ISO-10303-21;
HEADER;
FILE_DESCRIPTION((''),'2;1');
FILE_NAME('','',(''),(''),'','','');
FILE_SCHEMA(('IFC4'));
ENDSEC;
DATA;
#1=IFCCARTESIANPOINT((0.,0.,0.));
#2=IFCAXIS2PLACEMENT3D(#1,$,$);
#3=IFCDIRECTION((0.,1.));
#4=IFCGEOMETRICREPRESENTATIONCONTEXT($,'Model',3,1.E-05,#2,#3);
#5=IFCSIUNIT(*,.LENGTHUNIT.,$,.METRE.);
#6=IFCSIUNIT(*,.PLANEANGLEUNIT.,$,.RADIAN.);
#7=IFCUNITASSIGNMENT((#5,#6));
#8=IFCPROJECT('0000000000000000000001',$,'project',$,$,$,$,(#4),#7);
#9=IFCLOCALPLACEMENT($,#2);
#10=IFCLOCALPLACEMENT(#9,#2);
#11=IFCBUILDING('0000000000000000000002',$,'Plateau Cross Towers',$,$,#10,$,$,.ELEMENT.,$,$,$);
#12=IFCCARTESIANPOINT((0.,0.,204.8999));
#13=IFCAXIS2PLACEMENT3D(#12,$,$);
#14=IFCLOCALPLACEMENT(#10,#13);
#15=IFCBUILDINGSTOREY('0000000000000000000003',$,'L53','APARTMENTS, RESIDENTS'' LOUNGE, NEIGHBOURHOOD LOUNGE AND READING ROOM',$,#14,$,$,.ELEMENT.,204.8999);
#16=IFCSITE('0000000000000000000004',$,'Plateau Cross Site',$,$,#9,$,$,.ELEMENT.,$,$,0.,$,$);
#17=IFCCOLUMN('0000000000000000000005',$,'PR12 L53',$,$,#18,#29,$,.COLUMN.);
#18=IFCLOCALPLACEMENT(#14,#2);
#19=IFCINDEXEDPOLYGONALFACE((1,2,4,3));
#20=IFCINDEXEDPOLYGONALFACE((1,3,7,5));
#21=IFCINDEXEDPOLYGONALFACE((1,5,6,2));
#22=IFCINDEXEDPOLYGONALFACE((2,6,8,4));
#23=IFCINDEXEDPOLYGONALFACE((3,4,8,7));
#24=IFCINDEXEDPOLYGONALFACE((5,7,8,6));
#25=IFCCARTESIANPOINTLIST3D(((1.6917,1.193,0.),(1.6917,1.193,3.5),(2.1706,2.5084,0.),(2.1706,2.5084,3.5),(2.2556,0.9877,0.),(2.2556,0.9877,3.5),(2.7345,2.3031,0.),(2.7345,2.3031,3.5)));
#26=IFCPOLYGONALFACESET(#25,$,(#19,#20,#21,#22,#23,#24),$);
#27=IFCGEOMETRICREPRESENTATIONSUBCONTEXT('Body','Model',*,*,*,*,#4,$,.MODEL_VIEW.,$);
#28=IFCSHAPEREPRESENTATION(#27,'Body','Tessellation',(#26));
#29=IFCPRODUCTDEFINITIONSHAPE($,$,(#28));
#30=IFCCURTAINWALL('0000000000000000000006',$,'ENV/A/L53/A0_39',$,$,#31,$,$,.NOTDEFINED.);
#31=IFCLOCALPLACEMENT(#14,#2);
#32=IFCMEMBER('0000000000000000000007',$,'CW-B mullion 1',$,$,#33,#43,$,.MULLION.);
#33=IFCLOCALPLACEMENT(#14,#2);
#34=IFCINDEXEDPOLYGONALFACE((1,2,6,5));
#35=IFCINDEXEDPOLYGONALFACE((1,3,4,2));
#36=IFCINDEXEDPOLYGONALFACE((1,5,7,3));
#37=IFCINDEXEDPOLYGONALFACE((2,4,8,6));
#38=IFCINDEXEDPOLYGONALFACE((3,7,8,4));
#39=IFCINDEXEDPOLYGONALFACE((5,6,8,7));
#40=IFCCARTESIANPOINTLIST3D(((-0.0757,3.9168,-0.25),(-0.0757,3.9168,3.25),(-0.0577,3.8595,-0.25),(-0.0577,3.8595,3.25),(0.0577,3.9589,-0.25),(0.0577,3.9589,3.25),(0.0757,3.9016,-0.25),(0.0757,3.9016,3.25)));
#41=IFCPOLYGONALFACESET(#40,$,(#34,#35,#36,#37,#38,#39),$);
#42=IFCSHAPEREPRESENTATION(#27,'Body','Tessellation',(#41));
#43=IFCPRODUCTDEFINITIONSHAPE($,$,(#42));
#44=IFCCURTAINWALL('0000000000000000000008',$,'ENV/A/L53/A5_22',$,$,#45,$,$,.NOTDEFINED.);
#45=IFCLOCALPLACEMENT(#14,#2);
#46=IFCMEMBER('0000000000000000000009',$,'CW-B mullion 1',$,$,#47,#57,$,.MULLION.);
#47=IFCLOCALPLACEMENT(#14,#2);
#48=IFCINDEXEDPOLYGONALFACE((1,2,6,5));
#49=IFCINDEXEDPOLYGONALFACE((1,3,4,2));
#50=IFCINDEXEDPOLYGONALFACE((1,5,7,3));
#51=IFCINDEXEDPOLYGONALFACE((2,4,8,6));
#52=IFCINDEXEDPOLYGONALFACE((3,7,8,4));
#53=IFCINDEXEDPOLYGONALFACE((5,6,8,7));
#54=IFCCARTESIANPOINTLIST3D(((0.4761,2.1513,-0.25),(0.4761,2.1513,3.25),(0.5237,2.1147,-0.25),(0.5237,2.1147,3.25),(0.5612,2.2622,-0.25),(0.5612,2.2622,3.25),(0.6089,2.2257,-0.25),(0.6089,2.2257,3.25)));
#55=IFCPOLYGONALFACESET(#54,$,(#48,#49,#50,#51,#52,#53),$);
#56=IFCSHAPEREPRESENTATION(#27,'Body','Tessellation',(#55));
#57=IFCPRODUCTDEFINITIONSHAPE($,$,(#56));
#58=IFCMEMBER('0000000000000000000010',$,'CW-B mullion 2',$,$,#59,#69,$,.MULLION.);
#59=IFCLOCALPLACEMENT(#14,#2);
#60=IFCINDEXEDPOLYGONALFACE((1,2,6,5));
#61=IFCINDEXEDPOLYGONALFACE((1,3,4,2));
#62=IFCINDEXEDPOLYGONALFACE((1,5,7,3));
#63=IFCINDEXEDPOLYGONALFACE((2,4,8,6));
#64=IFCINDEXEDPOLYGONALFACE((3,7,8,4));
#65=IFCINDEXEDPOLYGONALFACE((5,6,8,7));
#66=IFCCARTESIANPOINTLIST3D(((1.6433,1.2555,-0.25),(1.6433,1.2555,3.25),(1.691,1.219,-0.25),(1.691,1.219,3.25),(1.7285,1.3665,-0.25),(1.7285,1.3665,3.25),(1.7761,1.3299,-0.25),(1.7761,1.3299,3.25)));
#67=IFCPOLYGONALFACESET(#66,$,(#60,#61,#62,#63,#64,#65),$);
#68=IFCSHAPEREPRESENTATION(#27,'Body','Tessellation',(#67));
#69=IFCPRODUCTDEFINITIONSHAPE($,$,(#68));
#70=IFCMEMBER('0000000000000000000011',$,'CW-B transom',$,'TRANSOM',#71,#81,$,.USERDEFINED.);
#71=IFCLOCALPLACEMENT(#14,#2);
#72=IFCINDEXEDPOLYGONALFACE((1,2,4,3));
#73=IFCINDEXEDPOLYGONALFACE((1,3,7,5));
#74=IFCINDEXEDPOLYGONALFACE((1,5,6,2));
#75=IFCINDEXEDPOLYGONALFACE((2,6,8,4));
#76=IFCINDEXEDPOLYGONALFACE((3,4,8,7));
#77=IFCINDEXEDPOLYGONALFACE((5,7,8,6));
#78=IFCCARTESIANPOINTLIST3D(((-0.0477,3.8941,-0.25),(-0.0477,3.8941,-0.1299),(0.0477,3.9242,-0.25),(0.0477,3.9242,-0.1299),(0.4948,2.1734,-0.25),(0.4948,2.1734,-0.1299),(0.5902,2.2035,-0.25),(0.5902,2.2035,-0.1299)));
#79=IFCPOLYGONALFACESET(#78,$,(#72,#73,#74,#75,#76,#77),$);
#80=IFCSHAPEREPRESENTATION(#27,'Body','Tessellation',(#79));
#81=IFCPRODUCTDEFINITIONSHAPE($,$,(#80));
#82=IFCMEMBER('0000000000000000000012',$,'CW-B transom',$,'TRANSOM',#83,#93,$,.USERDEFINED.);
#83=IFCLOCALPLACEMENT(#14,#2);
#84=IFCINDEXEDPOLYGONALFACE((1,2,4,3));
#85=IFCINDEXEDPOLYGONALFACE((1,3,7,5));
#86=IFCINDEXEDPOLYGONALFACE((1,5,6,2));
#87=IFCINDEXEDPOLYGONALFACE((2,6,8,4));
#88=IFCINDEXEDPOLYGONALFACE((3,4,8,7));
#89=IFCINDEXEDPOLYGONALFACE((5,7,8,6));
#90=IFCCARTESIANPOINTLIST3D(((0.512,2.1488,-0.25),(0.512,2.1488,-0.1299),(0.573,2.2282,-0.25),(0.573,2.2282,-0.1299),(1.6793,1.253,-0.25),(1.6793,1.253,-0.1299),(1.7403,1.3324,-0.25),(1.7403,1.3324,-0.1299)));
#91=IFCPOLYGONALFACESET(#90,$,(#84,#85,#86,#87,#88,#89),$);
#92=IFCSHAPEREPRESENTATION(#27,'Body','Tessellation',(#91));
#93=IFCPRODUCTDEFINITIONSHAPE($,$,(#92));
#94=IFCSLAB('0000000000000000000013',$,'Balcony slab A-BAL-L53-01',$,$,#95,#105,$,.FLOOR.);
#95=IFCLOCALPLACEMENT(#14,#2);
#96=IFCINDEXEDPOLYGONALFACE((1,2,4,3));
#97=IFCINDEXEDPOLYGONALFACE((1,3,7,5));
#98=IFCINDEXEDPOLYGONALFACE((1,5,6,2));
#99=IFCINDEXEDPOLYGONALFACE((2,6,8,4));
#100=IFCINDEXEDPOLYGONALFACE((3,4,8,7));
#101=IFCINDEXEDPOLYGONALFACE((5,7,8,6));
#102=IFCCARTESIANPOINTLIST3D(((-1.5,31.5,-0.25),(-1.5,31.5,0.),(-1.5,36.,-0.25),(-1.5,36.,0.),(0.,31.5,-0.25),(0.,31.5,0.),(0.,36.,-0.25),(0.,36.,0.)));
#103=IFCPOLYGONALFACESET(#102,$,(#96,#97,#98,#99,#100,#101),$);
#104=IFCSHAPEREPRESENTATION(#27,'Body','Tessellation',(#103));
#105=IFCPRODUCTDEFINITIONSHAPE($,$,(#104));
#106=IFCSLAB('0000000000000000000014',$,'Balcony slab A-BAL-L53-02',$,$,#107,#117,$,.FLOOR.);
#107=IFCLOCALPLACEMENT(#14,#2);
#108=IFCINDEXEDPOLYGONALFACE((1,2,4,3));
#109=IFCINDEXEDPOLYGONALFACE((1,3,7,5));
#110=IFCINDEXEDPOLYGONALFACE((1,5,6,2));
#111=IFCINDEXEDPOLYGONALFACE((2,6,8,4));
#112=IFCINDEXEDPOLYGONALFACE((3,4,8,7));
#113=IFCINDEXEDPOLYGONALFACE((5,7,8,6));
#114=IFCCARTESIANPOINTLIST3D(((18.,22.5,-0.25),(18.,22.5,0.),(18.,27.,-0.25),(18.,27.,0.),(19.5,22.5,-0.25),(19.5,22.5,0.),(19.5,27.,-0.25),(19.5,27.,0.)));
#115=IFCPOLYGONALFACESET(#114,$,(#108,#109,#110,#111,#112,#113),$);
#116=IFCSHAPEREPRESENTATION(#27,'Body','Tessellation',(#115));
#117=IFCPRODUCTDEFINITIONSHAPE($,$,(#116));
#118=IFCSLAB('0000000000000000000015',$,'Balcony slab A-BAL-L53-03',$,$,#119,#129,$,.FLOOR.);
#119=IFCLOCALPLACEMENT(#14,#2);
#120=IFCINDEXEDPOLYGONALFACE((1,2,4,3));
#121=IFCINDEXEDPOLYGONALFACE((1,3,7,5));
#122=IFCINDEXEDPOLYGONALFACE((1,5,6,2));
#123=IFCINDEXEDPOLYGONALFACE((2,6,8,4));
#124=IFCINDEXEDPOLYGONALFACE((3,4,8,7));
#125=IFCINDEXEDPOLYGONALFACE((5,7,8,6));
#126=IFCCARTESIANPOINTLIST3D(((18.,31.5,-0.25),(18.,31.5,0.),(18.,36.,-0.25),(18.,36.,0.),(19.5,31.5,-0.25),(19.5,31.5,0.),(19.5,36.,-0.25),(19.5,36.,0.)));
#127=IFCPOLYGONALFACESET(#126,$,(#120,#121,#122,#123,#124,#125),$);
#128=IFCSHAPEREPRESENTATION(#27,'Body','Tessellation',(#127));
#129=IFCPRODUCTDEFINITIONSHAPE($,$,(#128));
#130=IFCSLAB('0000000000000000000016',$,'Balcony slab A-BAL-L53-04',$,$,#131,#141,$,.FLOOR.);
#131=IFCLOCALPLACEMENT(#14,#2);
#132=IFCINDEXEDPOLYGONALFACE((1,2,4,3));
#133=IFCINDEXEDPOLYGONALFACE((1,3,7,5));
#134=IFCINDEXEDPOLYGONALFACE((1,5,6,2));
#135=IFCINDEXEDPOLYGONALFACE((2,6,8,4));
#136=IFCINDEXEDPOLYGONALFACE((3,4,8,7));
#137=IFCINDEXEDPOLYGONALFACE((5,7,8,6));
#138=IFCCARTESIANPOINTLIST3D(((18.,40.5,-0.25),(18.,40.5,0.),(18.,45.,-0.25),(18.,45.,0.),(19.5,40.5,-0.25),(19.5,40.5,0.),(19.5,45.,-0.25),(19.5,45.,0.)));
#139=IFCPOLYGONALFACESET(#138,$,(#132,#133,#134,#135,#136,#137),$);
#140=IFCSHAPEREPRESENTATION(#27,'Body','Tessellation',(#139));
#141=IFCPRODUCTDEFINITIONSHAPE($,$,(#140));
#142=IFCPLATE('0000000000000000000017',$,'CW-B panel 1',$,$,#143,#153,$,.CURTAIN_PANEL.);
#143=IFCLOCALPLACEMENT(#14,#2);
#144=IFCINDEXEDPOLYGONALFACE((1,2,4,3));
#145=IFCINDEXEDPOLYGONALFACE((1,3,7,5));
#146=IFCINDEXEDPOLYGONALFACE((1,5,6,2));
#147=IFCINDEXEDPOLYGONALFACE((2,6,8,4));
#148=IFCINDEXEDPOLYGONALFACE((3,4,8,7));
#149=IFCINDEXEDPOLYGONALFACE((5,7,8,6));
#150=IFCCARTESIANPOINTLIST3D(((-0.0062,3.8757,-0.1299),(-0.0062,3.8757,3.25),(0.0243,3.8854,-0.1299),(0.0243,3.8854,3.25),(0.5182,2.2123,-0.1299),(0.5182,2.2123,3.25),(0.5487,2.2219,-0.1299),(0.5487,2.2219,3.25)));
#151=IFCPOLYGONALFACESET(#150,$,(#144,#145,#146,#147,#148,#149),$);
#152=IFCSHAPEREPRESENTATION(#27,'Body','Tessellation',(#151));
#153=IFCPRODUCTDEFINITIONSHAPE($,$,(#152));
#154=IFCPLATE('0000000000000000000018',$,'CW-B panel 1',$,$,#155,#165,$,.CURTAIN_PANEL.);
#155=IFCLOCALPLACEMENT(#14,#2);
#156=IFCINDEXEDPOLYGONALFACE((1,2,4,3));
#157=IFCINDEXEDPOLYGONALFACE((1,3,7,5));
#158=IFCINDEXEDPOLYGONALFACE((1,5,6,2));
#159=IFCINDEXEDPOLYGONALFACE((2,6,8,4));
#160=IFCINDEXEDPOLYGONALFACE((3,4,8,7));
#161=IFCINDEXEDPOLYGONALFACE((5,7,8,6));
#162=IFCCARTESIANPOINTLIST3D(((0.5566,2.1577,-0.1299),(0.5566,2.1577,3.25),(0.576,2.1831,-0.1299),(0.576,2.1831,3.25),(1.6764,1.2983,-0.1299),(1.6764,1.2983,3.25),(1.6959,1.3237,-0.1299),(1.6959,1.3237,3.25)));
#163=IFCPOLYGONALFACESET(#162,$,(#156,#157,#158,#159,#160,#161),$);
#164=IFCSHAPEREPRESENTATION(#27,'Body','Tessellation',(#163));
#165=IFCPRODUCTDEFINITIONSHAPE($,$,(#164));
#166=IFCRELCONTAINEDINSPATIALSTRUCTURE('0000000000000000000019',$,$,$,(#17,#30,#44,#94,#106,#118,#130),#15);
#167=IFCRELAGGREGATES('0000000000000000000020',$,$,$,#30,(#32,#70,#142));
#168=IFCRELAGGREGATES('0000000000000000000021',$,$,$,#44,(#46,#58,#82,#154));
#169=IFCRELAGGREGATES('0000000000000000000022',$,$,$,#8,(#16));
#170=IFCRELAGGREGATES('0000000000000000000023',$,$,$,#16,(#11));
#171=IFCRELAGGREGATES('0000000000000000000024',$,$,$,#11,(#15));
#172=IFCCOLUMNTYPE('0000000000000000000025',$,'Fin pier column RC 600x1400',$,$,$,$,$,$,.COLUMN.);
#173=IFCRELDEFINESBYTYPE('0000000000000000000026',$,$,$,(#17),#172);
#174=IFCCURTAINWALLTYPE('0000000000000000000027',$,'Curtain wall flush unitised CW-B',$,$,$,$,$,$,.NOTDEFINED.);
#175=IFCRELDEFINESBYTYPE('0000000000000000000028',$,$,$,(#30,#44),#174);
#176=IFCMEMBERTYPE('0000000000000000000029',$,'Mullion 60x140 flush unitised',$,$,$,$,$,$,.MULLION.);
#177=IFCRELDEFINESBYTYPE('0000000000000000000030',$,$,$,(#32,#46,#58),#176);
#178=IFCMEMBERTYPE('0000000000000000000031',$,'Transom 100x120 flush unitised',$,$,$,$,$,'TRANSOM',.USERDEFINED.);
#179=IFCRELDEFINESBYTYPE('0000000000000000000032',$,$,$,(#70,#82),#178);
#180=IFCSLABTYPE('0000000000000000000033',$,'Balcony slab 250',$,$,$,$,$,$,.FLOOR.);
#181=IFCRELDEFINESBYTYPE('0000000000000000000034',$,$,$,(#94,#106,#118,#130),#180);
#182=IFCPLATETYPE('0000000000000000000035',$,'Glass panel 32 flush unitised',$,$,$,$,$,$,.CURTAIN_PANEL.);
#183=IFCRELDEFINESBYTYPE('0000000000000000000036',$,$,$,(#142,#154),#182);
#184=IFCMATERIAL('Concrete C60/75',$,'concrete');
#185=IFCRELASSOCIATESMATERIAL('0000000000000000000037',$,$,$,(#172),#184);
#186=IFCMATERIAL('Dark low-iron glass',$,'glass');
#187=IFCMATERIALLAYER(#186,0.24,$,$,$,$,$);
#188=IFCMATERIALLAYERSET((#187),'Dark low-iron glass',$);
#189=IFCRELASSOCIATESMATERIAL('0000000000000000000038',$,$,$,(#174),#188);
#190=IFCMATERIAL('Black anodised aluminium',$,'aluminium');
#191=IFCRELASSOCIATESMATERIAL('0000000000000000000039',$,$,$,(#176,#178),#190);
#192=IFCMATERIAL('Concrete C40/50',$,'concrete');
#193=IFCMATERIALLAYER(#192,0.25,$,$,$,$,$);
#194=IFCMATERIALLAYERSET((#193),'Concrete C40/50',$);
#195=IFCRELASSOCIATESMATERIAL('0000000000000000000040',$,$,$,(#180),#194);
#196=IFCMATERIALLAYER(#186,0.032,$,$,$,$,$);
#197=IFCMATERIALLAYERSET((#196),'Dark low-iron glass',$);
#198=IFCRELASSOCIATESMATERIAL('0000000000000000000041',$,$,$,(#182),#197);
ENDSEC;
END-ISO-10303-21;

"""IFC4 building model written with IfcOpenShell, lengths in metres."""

from ifc_helpers import new_model, si_unit, direction, frame, origin, origin_2d, place, context, subcontext, project, spatial, polyline, rectangle, outline, extrude, material, layer, layer_set, material_profile, profile_set, type_object, element, aggregate, save


model = new_model("IFC4")

# Units and contexts
model_context = context("Model", 3, precision=1e-05, world=origin(), true_north=direction((0.0, 1.0)))
body_context = subcontext(model_context, "Body", "Model", "MODEL_VIEW")
ifc_project = project(units=[si_unit("LENGTHUNIT", "METRE"), si_unit("PLANEANGLEUNIT", "RADIAN")], contexts=[model_context])

# Site, building, storey
site_placement = place(None, origin())
site = spatial("IfcSite", under=ifc_project, at=site_placement, Name="Plateau Cross Site", CompositionType="ELEMENT", RefElevation=0.0)
building_placement = place(site_placement, origin())
building = spatial("IfcBuilding", under=site, at=building_placement, Name="Plateau Cross Towers", CompositionType="ELEMENT")
storey_placement = place(building_placement, frame((0.0, 0.0, 204.8999)))
storey = spatial("IfcBuildingStorey", under=building, at=storey_placement, Name="L53", Description="APARTMENTS, RESIDENTS' LOUNGE, NEIGHBOURHOOD LOUNGE AND READING ROOM", CompositionType="ELEMENT", Elevation=204.8999)

# Column
ifc_material_1 = material(Name="Concrete C60/75", Category="concrete")
ifc_material_profile_1 = material_profile(ifc_material_1, rectangle(XDim=0.6001, YDim=1.3999, at=origin_2d()), Name="RC 600x1400")
ifc_profile_set_1 = profile_set([ifc_material_profile_1], Name="Concrete C60/75")
column_type = type_object("IfcColumnType", Name="Fin pier column RC 600x1400", PredefinedType="COLUMN", material=ifc_profile_set_1)
column_placement = place(storey_placement, frame((2.2131, 1.748, 0.0), z_axis=(0.0, 0.0, 1.0), x_axis=(-0.939664, 0.342098, 0.0)))
element("IfcColumn", 1, at=column_placement, inside=storey, type_object=column_type, Name="PR12 L53", PredefinedType="COLUMN", context=body_context, shape_type="SweptSolid", body=[
    extrude(rectangle(XDim=0.6001, YDim=1.3999, at=origin_2d()), origin(), (0.0, 0.0, 1.0), 3.5),
])

# Curtain wall, member
ifc_material_2 = material(Name="Dark low-iron glass", Category="glass")
ifc_layer_1 = layer(ifc_material_2, 0.24)
ifc_layer_set_1 = layer_set([ifc_layer_1], Name="Dark low-iron glass")
curtain_wall_type = type_object("IfcCurtainWallType", Name="Curtain wall flush unitised CW-B", PredefinedType="NOTDEFINED", material=ifc_layer_set_1)
curtain_wall_1_placement = place(storey_placement, origin())
curtain_wall_1 = element("IfcCurtainWall", 2, at=curtain_wall_1_placement, inside=storey, type_object=curtain_wall_type, Name="ENV/A/L53/A0_39", PredefinedType="NOTDEFINED")
ifc_material_3 = material(Name="Black anodised aluminium", Category="aluminium")
ifc_material_profile_2 = material_profile(ifc_material_3, rectangle(XDim=0.0601, YDim=0.1399, at=origin_2d()), Name="MULLION 60x140")
ifc_profile_set_2 = profile_set([ifc_material_profile_2], Name="Black anodised aluminium")
member_type_1 = type_object("IfcMemberType", Name="Mullion 60x140 flush unitised", PredefinedType="MULLION", material=ifc_profile_set_2)
member_1_placement = place(storey_placement, frame((0.0, 3.9092, -0.25), z_axis=(0.0, 0.0, 1.0), x_axis=(0.300686, -0.953723, 0.0)))
member_1 = element("IfcMember", 3, at=member_1_placement, type_object=member_type_1, Name="CW-B mullion 1", PredefinedType="MULLION", context=body_context, shape_type="SweptSolid", body=[
    extrude(rectangle(XDim=0.0601, YDim=0.1399, at=origin_2d()), origin(), (0.0, 0.0, 1.0), 3.5),
])

# Curtain wall, members
curtain_wall_2_placement = place(storey_placement, origin())
curtain_wall_2 = element("IfcCurtainWall", 4, at=curtain_wall_2_placement, inside=storey, type_object=curtain_wall_type, Name="ENV/A/L53/A5_22", PredefinedType="NOTDEFINED")
member_2_placement = place(storey_placement, frame((0.5425, 2.1885, -0.25), z_axis=(0.0, 0.0, 1.0), x_axis=(0.793316, -0.608811, 0.0)))
member_2 = element("IfcMember", 5, at=member_2_placement, type_object=member_type_1, Name="CW-B mullion 1", PredefinedType="MULLION", context=body_context, shape_type="SweptSolid", body=[
    extrude(rectangle(XDim=0.0601, YDim=0.1399, at=origin_2d()), origin(), (0.0, 0.0, 1.0), 3.5),
])
member_3_placement = place(storey_placement, frame((1.7097, 1.2927, -0.25), z_axis=(0.0, 0.0, 1.0), x_axis=(0.793316, -0.608811, 0.0)))
member_3 = element("IfcMember", 6, at=member_3_placement, type_object=member_type_1, Name="CW-B mullion 2", PredefinedType="MULLION", context=body_context, shape_type="SweptSolid", body=[
    extrude(rectangle(XDim=0.0601, YDim=0.1399, at=origin_2d()), origin(), (0.0, 0.0, 1.0), 3.5),
])

# Members
ifc_material_profile_3 = material_profile(ifc_material_3, rectangle(XDim=0.1001, YDim=0.1201, at=origin_2d()), Name="TRANSOM 100x120")
ifc_profile_set_3 = profile_set([ifc_material_profile_3], Name="Black anodised aluminium")
member_type_2 = type_object("IfcMemberType", Name="Transom 100x120 flush unitised", ElementType="TRANSOM", PredefinedType="USERDEFINED", material=ifc_profile_set_3)
member_4_placement = place(storey_placement, frame((0.0, 3.9092, -0.1899), z_axis=(0.300678, -0.953726, 0.0), x_axis=(0.953726, 0.300678, 0.0)))
member_4 = element("IfcMember", 7, at=member_4_placement, type_object=member_type_2, Name="CW-B transom", ObjectType="TRANSOM", PredefinedType="USERDEFINED", context=body_context, shape_type="SweptSolid", body=[
    extrude(rectangle(XDim=0.1001, YDim=0.1201, at=origin_2d()), origin(), (0.0, 0.0, 1.0), 1.8042),
])
member_5_placement = place(storey_placement, frame((0.5425, 2.1885, -0.1899), z_axis=(0.793321, -0.608804, 0.0), x_axis=(0.608804, 0.793321, 0.0)))
member_5 = element("IfcMember", 8, at=member_5_placement, type_object=member_type_2, Name="CW-B transom", ObjectType="TRANSOM", PredefinedType="USERDEFINED", context=body_context, shape_type="SweptSolid", body=[
    extrude(rectangle(XDim=0.1001, YDim=0.1201, at=origin_2d()), origin(), (0.0, 0.0, 1.0), 1.4714),
])

# Slabs
ifc_material_4 = material(Name="Concrete C40/50", Category="concrete")
ifc_layer_2 = layer(ifc_material_4, 0.25)
ifc_layer_set_2 = layer_set([ifc_layer_2], Name="Concrete C40/50")
slab_type_1 = type_object("IfcSlabType", Name="Balcony slab 250", PredefinedType="FLOOR", material=ifc_layer_set_2)
slab_1_placement = place(storey_placement, frame((0.0, 0.0, -0.25)))
element("IfcSlab", 9, at=slab_1_placement, inside=storey, type_object=slab_type_1, Name="Balcony slab A-BAL-L53-01", PredefinedType="FLOOR", context=body_context, shape_type="SweptSolid", body=[
    extrude(outline(polyline([(0.0, 31.5), (0.0, 36.0), (-1.5, 36.0), (-1.5, 31.5), (0.0, 31.5)])), origin(), (0.0, 0.0, 1.0), 0.25),
])
slab_2_placement = place(storey_placement, frame((0.0, 0.0, -0.25)))
element("IfcSlab", 10, at=slab_2_placement, inside=storey, type_object=slab_type_1, Name="Balcony slab A-BAL-L53-02", PredefinedType="FLOOR", context=body_context, shape_type="SweptSolid", body=[
    extrude(outline(polyline([(19.5, 22.5), (19.5, 27.0), (18.0, 27.0), (18.0, 22.5), (19.5, 22.5)])), origin(), (0.0, 0.0, 1.0), 0.25),
])
slab_3_placement = place(storey_placement, frame((0.0, 0.0, -0.25)))
element("IfcSlab", 11, at=slab_3_placement, inside=storey, type_object=slab_type_1, Name="Balcony slab A-BAL-L53-03", PredefinedType="FLOOR", context=body_context, shape_type="SweptSolid", body=[
    extrude(outline(polyline([(19.5, 31.5), (19.5, 36.0), (18.0, 36.0), (18.0, 31.5), (19.5, 31.5)])), origin(), (0.0, 0.0, 1.0), 0.25),
])
slab_4_placement = place(storey_placement, frame((0.0, 0.0, -0.25)))
element("IfcSlab", 12, at=slab_4_placement, inside=storey, type_object=slab_type_1, Name="Balcony slab A-BAL-L53-04", PredefinedType="FLOOR", context=body_context, shape_type="SweptSolid", body=[
    extrude(outline(polyline([(19.5, 40.5), (19.5, 45.0), (18.0, 45.0), (18.0, 40.5), (19.5, 40.5)])), origin(), (0.0, 0.0, 1.0), 0.25),
])

# Plates
ifc_layer_3 = layer(ifc_material_2, 0.032)
ifc_layer_set_3 = layer_set([ifc_layer_3], Name="Dark low-iron glass")
plate_type = type_object("IfcPlateType", Name="Glass panel 32 flush unitised", PredefinedType="CURTAIN_PANEL", material=ifc_layer_set_3)
plate_1_placement = place(storey_placement, frame((0.2712, 3.0488, -0.1299), z_axis=(0.0, 0.0, 1.0), x_axis=(0.300686, -0.953723, 0.0)))
plate_1 = element("IfcPlate", 13, at=plate_1_placement, type_object=plate_type, Name="CW-B panel 1", PredefinedType="CURTAIN_PANEL", context=body_context, shape_type="SweptSolid", body=[
    extrude(rectangle(XDim=1.7441, YDim=0.032, at=origin_2d()), origin(), (0.0, 0.0, 1.0), 3.3799),
])
aggregate(curtain_wall_1, [member_1, member_4, plate_1])
plate_2_placement = place(storey_placement, frame((1.1262, 1.7407, -0.1299), z_axis=(0.0, 0.0, 1.0), x_axis=(0.793316, -0.608811, 0.0)))
plate_2 = element("IfcPlate", 14, at=plate_2_placement, type_object=plate_type, Name="CW-B panel 1", PredefinedType="CURTAIN_PANEL", context=body_context, shape_type="SweptSolid", body=[
    extrude(rectangle(XDim=1.4116, YDim=0.032, at=origin_2d()), origin(), (0.0, 0.0, 1.0), 3.3799),
])
aggregate(curtain_wall_2, [member_2, member_3, member_5, plate_2])

save(model, "model.ifc")
